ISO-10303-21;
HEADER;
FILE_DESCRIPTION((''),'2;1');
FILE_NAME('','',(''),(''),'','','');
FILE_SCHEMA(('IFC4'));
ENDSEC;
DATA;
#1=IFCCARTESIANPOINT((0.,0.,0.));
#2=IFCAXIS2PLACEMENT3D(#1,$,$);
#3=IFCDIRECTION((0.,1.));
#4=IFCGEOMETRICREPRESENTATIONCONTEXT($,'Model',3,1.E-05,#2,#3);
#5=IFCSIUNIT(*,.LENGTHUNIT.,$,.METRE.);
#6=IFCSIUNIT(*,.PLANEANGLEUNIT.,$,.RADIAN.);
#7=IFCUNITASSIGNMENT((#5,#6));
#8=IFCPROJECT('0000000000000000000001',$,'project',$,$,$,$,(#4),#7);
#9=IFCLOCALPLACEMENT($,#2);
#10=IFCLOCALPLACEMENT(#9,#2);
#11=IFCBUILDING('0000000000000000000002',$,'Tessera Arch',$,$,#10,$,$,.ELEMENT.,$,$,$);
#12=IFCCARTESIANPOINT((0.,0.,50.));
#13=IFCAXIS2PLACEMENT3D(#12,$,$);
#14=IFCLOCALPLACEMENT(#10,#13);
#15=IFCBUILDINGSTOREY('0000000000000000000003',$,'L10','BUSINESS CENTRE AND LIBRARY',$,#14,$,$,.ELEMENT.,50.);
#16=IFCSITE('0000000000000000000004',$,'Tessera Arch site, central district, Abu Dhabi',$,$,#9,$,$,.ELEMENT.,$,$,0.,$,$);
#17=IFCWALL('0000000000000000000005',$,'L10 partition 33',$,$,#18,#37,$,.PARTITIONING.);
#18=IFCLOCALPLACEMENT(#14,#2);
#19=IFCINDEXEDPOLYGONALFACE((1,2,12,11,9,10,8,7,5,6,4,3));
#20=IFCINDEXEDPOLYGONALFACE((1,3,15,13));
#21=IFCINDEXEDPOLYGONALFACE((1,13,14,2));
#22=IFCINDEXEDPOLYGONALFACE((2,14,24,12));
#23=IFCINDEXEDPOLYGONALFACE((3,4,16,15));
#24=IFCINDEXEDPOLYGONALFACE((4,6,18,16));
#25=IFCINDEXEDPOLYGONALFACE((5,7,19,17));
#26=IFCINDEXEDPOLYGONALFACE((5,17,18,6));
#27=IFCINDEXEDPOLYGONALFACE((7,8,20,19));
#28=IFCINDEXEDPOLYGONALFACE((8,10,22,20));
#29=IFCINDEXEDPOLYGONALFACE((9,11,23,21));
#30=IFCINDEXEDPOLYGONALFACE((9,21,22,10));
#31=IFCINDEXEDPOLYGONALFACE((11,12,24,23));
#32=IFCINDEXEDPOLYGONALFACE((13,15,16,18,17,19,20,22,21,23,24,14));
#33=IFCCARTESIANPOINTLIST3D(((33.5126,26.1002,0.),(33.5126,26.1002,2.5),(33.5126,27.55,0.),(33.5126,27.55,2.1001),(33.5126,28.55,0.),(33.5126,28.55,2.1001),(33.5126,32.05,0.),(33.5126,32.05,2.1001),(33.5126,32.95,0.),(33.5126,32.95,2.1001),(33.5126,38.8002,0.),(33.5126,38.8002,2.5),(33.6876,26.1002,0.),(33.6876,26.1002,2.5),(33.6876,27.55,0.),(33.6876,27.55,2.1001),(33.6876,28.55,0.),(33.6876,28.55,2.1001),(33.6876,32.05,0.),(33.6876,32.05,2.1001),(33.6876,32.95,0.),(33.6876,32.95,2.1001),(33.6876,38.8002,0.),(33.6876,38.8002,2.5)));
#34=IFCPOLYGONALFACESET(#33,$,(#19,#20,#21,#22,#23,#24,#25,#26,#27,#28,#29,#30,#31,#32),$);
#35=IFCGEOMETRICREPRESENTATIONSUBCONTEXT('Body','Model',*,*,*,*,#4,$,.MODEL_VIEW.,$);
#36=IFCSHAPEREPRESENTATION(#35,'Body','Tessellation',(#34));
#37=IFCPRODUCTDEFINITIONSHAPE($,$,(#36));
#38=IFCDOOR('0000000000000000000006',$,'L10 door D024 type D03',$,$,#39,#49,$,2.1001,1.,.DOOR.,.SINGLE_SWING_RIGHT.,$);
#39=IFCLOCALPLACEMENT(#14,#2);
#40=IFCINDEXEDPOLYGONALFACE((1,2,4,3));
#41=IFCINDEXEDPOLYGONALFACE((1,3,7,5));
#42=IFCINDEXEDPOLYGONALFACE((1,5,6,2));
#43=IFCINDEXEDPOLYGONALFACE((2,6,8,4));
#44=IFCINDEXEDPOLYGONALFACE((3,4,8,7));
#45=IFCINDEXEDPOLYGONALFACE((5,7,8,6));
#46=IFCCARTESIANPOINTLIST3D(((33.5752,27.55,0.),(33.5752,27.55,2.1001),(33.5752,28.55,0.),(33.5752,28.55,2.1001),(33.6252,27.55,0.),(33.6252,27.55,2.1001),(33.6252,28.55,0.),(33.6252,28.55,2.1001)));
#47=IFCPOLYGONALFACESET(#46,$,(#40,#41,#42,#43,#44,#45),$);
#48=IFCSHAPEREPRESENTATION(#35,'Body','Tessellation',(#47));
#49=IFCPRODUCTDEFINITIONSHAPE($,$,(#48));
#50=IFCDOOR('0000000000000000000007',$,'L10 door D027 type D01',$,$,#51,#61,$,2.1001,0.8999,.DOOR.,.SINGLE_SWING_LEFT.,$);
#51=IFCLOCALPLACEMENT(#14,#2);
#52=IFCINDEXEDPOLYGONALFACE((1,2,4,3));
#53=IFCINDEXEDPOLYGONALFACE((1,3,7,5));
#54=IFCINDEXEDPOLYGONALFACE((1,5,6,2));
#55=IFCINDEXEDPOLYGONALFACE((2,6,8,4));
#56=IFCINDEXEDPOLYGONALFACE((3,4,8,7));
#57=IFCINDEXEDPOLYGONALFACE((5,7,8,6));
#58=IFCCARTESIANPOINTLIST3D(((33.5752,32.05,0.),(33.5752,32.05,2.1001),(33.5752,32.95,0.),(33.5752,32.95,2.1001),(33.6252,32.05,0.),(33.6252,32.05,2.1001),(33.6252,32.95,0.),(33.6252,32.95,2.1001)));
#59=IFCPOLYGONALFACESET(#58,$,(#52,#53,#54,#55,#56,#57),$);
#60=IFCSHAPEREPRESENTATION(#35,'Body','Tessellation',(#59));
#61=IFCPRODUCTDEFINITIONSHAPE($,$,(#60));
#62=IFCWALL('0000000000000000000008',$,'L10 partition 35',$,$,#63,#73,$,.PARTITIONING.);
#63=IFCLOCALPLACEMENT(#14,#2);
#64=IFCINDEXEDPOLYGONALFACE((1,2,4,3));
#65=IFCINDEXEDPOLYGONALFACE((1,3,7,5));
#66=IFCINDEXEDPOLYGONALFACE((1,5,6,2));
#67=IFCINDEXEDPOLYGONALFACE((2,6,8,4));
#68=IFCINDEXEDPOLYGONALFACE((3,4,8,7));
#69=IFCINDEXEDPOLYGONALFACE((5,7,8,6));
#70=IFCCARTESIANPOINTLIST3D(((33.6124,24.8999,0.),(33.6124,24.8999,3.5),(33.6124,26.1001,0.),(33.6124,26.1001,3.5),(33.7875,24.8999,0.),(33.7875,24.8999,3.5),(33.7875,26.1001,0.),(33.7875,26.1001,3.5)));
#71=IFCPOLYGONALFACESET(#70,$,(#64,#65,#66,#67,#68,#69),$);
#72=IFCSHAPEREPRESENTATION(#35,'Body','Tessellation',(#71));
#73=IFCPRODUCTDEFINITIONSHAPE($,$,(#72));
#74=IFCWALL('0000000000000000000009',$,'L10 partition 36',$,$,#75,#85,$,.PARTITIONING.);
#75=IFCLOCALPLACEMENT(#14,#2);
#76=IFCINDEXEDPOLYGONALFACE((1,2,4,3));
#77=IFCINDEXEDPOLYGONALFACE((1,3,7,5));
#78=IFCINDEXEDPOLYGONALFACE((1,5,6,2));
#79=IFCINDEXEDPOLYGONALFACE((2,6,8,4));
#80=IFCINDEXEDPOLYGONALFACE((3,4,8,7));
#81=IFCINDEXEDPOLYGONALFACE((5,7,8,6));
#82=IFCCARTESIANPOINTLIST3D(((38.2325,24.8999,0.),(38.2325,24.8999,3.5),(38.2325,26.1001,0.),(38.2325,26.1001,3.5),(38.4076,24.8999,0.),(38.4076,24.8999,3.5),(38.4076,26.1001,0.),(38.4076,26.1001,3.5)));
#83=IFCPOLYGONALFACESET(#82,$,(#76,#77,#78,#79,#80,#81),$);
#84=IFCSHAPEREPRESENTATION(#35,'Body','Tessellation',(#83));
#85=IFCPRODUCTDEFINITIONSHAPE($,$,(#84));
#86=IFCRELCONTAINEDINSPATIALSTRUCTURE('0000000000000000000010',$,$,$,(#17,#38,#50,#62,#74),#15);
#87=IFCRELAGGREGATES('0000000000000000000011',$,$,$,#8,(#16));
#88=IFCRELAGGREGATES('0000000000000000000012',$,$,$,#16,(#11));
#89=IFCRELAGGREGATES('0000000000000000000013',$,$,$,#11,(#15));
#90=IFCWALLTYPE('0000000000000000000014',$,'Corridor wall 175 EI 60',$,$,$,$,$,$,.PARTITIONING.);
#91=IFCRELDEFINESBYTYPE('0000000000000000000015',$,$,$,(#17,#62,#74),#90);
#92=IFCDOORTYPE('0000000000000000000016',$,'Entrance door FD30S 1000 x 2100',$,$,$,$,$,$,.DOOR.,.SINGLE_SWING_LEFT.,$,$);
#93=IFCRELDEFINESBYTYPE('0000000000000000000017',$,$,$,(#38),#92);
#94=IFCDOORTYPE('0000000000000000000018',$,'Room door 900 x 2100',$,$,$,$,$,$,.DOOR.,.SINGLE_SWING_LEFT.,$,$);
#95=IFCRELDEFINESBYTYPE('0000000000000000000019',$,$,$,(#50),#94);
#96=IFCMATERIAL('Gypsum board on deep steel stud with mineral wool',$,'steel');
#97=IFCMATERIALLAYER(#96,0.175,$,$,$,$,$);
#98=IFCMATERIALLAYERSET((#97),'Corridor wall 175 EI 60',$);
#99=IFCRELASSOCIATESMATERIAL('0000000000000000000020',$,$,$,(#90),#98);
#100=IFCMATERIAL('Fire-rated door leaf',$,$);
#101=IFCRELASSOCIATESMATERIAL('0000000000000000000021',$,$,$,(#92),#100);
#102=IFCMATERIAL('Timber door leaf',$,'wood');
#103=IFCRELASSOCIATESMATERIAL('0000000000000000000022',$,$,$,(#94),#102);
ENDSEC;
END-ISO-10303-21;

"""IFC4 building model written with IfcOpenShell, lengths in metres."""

from ifc_helpers import new_model, si_unit, direction, frame, frame_2d, origin, place, context, subcontext, project, spatial, rectangle, extrude, material, layer, layer_set, type_object, element, fill, save


model = new_model("IFC4")

# Units and contexts
model_context = context("Model", 3, precision=1e-05, world=origin(), true_north=direction((0.0, 1.0)))
body_context = subcontext(model_context, "Body", "Model", "MODEL_VIEW")
ifc_project = project(units=[si_unit("LENGTHUNIT", "METRE"), si_unit("PLANEANGLEUNIT", "RADIAN")], contexts=[model_context])

# Site, building, storey
site_placement = place(None, origin())
site = spatial("IfcSite", under=ifc_project, at=site_placement, Name="Tessera Arch site, central district, Abu Dhabi", CompositionType="ELEMENT", RefElevation=0.0)
building_placement = place(site_placement, origin())
building = spatial("IfcBuilding", under=site, at=building_placement, Name="Tessera Arch", CompositionType="ELEMENT")
storey_placement = place(building_placement, frame((0.0, 0.0, 50.0)))
storey = spatial("IfcBuildingStorey", under=building, at=storey_placement, Name="L10", Description="BUSINESS CENTRE AND LIBRARY", CompositionType="ELEMENT", Elevation=50.0)

# Shared definitions
ifc_material_1 = material(Name="Gypsum board on deep steel stud with mineral wool", Category="steel")
ifc_layer_1 = layer(ifc_material_1, 0.175)
ifc_layer_set_1 = layer_set([ifc_layer_1], Name="Corridor wall 175 EI 60")
wall_type_1 = type_object("IfcWallType", Name="Corridor wall 175 EI 60", PredefinedType="PARTITIONING", material=ifc_layer_set_1)

# Shared definitions
ifc_material_2 = material(Name="Fire-rated door leaf")
door_type_1 = type_object("IfcDoorType", Name="Entrance door FD30S 1000 x 2100", OperationType="SINGLE_SWING_LEFT", PredefinedType="DOOR", material=ifc_material_2)

# Wall, openings, doors
wall_1_placement = place(storey_placement, frame((33.6001, 26.1001, 0.0), z_axis=(0.0, 0.0, 1.0), x_axis=(0.0, 1.0, 0.0)))
wall_1 = element("IfcWall", 1, at=wall_1_placement, inside=storey, type_object=wall_type_1, Name="L10 partition 33", PredefinedType="PARTITIONING", context=body_context, shape_type="SweptSolid", body=[
    extrude(rectangle(XDim=12.7, YDim=0.175, at=frame_2d((6.3501, 0.0))), origin(), (0.0, 0.0, 1.0), 2.5),
])
opening_1_placement = place(wall_1_placement, frame((1.45, 0.0, 0.0)))
opening_1 = element("IfcOpeningElement", 2, at=opening_1_placement, cuts=wall_1, PredefinedType="OPENING", context=body_context, shape_type="SweptSolid", body=[
    extrude(rectangle(XDim=1.0, YDim=2.1001, at=frame_2d((0.5, 1.05))), frame((0.0, 0.0974, 0.0), z_axis=(0.0, -1.0, 0.0), x_axis=(1.0, 0.0, 0.0)), (0.0, 0.0, 1.0), 0.1951),
])
opening_2_placement = place(wall_1_placement, frame((5.95, 0.0, 0.0)))
opening_2 = element("IfcOpeningElement", 3, at=opening_2_placement, cuts=wall_1, PredefinedType="OPENING", context=body_context, shape_type="SweptSolid", body=[
    extrude(rectangle(XDim=0.8999, YDim=2.1001, at=frame_2d((0.45, 1.05))), frame((0.0, 0.0974, 0.0), z_axis=(0.0, -1.0, 0.0), x_axis=(1.0, 0.0, 0.0)), (0.0, 0.0, 1.0), 0.1951),
])
door_1_placement = place(opening_1_placement, origin())
door_1 = element("IfcDoor", 4, at=door_1_placement, inside=storey, type_object=door_type_1, Name="L10 door D024 type D03", OperationType="SINGLE_SWING_RIGHT", OverallHeight=2.1001, OverallWidth=1.0, PredefinedType="DOOR", context=body_context, shape_type="SweptSolid", body=[
    extrude(rectangle(XDim=1.0, YDim=2.1001, at=frame_2d((0.5, 1.05))), frame((0.0, 0.0249, 0.0), z_axis=(0.0, -1.0, 0.0), x_axis=(1.0, 0.0, 0.0)), (0.0, 0.0, 1.0), 0.05),
])
fill(opening_1, door_1)
ifc_material_3 = material(Name="Timber door leaf", Category="wood")
door_type_2 = type_object("IfcDoorType", Name="Room door 900 x 2100", OperationType="SINGLE_SWING_LEFT", PredefinedType="DOOR", material=ifc_material_3)
door_2_placement = place(opening_2_placement, origin())
door_2 = element("IfcDoor", 5, at=door_2_placement, inside=storey, type_object=door_type_2, Name="L10 door D027 type D01", OperationType="SINGLE_SWING_LEFT", OverallHeight=2.1001, OverallWidth=0.8999, PredefinedType="DOOR", context=body_context, shape_type="SweptSolid", body=[
    extrude(rectangle(XDim=0.8999, YDim=2.1001, at=frame_2d((0.45, 1.05))), frame((0.0, 0.0249, 0.0), z_axis=(0.0, -1.0, 0.0), x_axis=(1.0, 0.0, 0.0)), (0.0, 0.0, 1.0), 0.05),
])
fill(opening_2, door_2)

# Walls
for number, where, z_axis, x_axis, name in (
    (6, (33.7, 24.8999, 0.0), (0.0, 0.0, 1.0), (0.0, 1.0, 0.0), "L10 partition 35"),
    (7, (38.3201, 24.8999, 0.0), (0.0, 0.0, 1.0), (0.0, 1.0, 0.0), "L10 partition 36"),
):
    element("IfcWall", number, at=place(storey_placement, frame(where, z_axis=z_axis, x_axis=x_axis)), inside=storey, type_object=wall_type_1, Name=name, PredefinedType="PARTITIONING", context=body_context, shape_type="SweptSolid", body=[
        extrude(rectangle(XDim=1.2002, YDim=0.175, at=frame_2d((0.6001, 0.0))), origin(), (0.0, 0.0, 1.0), 3.5),
    ])

save(model, "model.ifc")
